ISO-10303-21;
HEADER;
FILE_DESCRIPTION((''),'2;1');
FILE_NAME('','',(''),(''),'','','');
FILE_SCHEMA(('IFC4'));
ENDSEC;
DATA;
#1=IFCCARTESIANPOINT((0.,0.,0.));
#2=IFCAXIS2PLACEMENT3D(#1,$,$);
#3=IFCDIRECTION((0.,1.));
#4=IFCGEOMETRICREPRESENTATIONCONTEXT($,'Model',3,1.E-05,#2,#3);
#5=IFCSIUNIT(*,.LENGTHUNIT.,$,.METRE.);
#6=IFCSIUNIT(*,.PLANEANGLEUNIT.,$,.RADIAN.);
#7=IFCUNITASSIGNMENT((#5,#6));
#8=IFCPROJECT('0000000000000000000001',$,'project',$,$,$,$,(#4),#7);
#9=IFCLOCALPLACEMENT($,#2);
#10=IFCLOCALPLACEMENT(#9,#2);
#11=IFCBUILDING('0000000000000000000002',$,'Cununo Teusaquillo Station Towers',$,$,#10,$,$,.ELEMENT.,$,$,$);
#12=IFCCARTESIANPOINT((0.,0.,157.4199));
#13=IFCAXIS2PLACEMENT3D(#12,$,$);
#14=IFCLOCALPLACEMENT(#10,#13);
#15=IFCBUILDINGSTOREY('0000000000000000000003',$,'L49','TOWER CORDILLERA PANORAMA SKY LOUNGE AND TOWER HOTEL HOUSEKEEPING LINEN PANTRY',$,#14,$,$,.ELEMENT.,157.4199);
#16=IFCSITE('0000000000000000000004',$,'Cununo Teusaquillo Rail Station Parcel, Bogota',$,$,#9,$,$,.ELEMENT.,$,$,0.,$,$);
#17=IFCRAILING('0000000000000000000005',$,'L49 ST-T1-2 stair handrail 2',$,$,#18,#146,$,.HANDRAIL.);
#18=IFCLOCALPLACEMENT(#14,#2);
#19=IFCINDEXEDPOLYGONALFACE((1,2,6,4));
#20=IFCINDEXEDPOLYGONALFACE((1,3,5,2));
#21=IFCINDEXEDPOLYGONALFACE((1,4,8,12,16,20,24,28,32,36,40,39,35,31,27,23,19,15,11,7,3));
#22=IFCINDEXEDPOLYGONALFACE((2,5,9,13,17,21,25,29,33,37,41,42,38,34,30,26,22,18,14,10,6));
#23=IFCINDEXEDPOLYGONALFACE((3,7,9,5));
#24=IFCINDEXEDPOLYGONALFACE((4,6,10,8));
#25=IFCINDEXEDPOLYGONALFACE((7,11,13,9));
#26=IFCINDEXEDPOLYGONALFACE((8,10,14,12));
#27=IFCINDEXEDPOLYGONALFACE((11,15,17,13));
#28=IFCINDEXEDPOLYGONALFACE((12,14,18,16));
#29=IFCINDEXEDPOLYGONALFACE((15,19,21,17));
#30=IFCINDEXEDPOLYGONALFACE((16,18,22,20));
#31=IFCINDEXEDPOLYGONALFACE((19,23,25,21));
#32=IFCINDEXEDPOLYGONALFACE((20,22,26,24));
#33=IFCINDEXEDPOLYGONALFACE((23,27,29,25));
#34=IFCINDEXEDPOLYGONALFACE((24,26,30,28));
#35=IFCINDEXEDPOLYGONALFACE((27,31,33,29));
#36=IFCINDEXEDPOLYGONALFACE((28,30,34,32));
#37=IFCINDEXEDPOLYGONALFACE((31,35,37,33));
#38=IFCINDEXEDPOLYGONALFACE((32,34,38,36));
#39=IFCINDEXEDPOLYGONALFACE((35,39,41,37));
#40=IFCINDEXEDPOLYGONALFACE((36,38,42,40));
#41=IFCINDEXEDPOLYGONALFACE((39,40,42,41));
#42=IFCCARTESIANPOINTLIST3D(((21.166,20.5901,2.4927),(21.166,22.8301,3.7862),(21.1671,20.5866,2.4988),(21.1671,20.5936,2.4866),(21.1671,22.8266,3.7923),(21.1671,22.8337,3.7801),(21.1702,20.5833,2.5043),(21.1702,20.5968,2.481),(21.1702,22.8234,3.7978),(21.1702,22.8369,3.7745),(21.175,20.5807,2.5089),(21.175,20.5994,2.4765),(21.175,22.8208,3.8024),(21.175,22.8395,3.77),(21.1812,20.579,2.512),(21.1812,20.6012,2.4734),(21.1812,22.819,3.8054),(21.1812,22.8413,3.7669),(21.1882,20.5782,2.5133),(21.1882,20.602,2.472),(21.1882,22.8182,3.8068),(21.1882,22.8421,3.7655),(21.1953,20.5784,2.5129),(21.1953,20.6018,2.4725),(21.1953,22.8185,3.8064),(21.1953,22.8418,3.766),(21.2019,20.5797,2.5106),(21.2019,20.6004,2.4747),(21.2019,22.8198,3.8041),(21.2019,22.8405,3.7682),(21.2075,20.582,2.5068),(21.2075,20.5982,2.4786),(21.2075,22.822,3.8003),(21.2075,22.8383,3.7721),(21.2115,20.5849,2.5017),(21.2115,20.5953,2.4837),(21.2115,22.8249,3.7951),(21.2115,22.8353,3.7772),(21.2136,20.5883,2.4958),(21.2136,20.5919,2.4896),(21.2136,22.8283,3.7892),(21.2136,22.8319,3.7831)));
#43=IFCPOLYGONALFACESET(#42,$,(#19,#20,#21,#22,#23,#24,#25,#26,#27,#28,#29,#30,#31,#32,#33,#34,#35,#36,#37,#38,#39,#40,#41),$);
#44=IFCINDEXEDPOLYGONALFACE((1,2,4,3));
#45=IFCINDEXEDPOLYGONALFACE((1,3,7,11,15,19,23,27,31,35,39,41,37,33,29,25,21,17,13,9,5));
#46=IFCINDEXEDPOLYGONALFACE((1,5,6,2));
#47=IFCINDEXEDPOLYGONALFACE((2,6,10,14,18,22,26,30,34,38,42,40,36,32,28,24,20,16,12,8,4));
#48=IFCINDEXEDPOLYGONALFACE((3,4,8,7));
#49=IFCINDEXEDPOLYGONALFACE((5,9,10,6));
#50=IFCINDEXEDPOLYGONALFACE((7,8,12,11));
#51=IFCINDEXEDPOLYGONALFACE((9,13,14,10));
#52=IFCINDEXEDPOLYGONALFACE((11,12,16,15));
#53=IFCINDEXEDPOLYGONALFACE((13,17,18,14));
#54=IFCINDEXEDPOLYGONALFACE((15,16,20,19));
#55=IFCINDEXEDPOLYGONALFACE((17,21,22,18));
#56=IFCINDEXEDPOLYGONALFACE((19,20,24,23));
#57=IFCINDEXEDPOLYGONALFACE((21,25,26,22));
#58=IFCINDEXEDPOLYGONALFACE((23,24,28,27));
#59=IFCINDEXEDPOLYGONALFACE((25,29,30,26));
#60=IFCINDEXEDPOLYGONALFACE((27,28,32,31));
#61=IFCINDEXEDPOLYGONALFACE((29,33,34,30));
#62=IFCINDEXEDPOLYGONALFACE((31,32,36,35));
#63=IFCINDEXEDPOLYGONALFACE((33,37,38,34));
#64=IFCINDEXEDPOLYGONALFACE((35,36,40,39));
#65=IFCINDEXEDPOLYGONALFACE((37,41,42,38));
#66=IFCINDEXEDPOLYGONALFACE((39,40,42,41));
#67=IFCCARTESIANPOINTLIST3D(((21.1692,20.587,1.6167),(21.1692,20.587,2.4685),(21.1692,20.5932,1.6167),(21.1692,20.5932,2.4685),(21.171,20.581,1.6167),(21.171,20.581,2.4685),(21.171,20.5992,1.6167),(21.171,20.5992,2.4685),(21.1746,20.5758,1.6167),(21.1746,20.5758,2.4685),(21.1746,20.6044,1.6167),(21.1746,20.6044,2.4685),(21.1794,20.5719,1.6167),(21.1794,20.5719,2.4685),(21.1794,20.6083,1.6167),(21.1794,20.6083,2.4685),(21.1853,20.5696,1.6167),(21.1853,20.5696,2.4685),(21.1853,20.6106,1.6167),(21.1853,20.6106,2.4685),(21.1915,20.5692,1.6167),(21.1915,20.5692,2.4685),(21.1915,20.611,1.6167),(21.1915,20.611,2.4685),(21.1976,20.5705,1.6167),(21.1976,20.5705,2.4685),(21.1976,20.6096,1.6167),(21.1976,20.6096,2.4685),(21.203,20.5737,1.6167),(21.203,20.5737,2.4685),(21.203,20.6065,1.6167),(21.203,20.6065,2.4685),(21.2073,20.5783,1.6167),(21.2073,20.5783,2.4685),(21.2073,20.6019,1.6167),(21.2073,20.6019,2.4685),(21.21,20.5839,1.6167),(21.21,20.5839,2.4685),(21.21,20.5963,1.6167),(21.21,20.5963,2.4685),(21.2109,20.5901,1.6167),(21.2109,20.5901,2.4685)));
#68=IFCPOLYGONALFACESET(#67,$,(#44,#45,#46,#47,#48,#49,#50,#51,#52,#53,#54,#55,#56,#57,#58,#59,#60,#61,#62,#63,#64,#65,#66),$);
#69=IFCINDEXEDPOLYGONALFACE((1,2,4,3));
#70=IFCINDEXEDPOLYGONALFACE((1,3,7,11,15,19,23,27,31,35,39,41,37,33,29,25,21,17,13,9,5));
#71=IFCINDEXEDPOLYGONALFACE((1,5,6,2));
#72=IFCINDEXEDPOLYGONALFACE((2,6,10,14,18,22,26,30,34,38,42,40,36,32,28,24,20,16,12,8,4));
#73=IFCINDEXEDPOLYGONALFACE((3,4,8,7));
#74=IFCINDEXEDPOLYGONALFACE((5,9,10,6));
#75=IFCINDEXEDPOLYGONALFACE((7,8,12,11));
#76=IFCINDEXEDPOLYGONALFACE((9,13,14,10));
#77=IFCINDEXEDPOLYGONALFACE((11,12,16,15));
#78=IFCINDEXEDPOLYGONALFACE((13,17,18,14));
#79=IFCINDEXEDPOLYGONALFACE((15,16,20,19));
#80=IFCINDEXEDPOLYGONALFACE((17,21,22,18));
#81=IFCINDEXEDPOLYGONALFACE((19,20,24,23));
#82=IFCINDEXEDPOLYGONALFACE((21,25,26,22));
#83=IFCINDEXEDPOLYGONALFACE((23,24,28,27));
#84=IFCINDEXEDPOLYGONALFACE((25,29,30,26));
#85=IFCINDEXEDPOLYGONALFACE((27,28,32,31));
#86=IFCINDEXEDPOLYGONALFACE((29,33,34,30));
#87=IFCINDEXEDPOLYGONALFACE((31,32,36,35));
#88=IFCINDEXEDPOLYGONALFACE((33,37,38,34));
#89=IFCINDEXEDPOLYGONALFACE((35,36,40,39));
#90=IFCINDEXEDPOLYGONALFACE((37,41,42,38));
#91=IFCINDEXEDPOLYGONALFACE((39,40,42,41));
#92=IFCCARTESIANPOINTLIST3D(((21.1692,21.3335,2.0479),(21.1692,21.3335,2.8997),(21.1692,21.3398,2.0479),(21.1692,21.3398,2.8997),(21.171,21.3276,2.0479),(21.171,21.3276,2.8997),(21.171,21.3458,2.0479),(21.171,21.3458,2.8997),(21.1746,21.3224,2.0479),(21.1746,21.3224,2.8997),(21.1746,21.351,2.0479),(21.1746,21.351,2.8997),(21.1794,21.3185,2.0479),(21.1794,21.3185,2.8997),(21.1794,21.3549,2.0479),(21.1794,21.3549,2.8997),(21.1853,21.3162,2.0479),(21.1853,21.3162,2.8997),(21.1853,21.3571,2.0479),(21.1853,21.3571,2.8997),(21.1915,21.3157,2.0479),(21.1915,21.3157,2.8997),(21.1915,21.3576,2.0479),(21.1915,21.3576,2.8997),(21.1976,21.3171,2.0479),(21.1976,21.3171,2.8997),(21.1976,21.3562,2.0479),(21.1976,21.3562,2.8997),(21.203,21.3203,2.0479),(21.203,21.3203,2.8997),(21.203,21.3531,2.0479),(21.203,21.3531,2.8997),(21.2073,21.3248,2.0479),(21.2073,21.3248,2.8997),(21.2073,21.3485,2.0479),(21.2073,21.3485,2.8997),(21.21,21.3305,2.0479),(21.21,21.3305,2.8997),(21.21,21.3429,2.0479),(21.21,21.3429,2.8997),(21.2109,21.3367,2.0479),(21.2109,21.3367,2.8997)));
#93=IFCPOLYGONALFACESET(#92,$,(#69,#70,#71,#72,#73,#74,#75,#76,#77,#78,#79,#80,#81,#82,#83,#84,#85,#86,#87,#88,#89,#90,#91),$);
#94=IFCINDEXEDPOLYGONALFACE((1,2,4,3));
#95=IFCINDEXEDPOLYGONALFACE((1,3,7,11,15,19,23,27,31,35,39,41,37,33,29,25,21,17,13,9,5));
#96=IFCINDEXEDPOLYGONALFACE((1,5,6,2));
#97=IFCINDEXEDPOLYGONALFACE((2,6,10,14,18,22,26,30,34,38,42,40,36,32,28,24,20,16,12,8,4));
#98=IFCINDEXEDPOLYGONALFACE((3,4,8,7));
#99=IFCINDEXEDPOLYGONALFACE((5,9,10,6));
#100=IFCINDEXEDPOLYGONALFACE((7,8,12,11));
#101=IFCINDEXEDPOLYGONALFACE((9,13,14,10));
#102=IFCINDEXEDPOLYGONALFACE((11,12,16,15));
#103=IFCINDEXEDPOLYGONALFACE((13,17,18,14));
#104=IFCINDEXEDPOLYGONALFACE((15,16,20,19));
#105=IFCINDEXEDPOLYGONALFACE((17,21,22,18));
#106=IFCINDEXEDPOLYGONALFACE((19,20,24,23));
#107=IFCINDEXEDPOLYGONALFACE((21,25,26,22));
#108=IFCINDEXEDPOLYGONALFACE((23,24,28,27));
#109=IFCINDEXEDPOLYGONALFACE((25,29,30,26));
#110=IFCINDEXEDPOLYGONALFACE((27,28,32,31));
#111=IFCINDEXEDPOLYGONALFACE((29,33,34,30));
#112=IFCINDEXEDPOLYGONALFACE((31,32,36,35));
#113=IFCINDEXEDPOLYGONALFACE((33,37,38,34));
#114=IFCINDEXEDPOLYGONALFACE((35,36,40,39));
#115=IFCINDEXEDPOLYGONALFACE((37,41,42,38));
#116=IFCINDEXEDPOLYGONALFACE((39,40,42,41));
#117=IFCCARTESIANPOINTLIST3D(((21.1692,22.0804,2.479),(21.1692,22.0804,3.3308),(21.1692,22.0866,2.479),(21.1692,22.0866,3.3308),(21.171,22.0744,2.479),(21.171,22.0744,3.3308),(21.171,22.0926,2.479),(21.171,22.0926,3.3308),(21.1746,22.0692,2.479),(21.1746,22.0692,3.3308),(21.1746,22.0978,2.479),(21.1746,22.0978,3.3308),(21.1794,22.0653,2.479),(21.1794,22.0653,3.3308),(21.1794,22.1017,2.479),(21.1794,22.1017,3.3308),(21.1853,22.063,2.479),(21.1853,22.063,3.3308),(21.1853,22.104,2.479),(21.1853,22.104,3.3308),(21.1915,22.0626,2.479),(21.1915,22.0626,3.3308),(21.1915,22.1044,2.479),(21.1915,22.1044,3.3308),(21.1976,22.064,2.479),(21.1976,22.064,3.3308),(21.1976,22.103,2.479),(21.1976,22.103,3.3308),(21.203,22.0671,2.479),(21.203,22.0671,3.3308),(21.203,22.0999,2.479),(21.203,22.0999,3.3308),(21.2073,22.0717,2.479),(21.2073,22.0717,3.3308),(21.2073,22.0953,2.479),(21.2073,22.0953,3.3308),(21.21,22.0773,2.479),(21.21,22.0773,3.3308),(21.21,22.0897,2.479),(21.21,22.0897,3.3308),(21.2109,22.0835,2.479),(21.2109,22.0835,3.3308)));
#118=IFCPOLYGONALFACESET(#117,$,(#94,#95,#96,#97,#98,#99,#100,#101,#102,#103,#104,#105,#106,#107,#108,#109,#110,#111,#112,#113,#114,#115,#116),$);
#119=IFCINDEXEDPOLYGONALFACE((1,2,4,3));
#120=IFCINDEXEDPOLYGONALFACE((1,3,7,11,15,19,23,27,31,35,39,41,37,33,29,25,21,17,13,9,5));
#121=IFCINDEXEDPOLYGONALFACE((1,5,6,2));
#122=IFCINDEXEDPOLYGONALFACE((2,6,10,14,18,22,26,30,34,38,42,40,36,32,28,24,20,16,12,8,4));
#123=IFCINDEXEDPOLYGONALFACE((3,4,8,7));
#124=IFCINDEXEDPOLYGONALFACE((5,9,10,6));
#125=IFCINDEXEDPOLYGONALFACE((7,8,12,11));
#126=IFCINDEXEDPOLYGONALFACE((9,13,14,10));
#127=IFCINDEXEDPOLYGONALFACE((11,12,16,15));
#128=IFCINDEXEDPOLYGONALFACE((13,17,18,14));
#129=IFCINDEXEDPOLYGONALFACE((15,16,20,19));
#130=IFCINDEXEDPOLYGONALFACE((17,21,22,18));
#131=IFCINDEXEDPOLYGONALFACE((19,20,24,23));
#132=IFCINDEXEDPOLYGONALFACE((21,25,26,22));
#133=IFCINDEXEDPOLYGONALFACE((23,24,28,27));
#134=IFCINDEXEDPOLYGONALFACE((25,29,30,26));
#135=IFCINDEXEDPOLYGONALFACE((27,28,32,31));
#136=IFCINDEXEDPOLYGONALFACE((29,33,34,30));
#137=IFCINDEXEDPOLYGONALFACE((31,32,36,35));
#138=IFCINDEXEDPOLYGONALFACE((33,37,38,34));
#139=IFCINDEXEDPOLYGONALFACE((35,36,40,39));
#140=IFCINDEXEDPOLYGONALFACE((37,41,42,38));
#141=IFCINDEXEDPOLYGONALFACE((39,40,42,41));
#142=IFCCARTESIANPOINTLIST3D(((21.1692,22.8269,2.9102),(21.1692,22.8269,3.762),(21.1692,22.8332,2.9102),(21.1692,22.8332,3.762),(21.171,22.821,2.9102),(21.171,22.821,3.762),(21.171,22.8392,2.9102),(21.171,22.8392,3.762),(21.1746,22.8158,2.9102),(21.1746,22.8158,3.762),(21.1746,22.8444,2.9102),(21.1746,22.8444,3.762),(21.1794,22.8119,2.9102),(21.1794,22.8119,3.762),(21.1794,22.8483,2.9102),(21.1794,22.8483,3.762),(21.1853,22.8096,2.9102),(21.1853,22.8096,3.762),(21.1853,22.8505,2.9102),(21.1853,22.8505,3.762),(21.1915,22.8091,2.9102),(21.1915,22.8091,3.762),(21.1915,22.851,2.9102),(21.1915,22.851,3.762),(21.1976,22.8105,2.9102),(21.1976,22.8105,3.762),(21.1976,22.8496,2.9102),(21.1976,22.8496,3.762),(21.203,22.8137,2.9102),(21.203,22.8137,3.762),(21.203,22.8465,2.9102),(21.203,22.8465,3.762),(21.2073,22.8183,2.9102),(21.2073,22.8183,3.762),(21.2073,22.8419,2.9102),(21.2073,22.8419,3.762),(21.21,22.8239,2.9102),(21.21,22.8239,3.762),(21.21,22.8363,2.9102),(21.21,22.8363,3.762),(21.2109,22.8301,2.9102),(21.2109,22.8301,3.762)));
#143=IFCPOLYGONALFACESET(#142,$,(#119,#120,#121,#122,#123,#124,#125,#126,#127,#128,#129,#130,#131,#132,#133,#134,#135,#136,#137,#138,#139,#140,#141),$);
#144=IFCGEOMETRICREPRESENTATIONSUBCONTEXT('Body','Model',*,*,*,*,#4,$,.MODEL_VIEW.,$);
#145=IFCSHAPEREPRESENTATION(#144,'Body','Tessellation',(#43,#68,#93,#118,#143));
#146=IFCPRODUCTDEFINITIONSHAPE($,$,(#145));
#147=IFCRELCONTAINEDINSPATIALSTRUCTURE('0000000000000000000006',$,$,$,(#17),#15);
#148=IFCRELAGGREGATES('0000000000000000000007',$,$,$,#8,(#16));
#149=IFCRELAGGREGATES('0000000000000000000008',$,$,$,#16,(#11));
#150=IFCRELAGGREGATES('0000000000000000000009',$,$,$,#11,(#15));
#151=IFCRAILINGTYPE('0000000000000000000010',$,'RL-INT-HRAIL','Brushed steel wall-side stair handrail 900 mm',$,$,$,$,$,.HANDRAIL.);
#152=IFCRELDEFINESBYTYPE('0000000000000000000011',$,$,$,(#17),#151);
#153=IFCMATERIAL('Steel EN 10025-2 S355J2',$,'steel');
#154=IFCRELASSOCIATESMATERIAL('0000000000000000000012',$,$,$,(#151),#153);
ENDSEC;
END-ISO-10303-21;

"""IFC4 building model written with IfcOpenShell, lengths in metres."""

from ifc_helpers import new_model, si_unit, direction, frame, origin, origin_2d, place, context, subcontext, project, spatial, circle, extrude, material, type_object, element, save


model = new_model("IFC4")

# Units and contexts
model_context = context("Model", 3, precision=1e-05, world=origin(), true_north=direction((0.0, 1.0)))
body_context = subcontext(model_context, "Body", "Model", "MODEL_VIEW")
ifc_project = project(units=[si_unit("LENGTHUNIT", "METRE"), si_unit("PLANEANGLEUNIT", "RADIAN")], contexts=[model_context])

# Site, building, storey
site_placement = place(None, origin())
site = spatial("IfcSite", under=ifc_project, at=site_placement, Name="Cununo Teusaquillo Rail Station Parcel, Bogota", CompositionType="ELEMENT", RefElevation=0.0)
building_placement = place(site_placement, origin())
building = spatial("IfcBuilding", under=site, at=building_placement, Name="Cununo Teusaquillo Station Towers", CompositionType="ELEMENT")
storey_placement = place(building_placement, frame((0.0, 0.0, 157.4199)))
storey = spatial("IfcBuildingStorey", under=building, at=storey_placement, Name="L49", Description="TOWER CORDILLERA PANORAMA SKY LOUNGE AND TOWER HOTEL HOUSEKEEPING LINEN PANTRY", CompositionType="ELEMENT", Elevation=157.4199)

# Railing
ifc_material_1 = material(Name="Steel EN 10025-2 S355J2", Category="steel")
railing_type_1 = type_object("IfcRailingType", Name="RL-INT-HRAIL", Description="Brushed steel wall-side stair handrail 900 mm", PredefinedType="HANDRAIL", material=ifc_material_1)
railing_1_placement = place(storey_placement, frame((21.1899, 20.5901, 1.6167)))
element("IfcRailing", 1, at=railing_1_placement, inside=storey, type_object=railing_type_1, Name="L49 ST-T1-2 stair handrail 2", PredefinedType="HANDRAIL", context=body_context, shape_type="SweptSolid", body=[
    extrude(circle(Radius=0.0239, at=origin_2d()), frame((0.0, 0.0, 0.876), z_axis=(0.0, 0.865992, 0.500057), x_axis=(-1.0, 0.0, 0.0)), (0.0, 0.0, 1.0), 2.5867),
    extrude(circle(Radius=0.021, at=origin_2d()), origin(), (0.0, 0.0, 1.0), 0.8518),
    extrude(circle(Radius=0.021, at=origin_2d()), frame((0.0, 0.7466, 0.4312)), (0.0, 0.0, 1.0), 0.8518),
    extrude(circle(Radius=0.021, at=origin_2d()), frame((0.0, 1.4934, 0.8623)), (0.0, 0.0, 1.0), 0.8518),
    extrude(circle(Radius=0.021, at=origin_2d()), frame((0.0, 2.24, 1.2935)), (0.0, 0.0, 1.0), 0.8518),
])

save(model, "model.ifc")
